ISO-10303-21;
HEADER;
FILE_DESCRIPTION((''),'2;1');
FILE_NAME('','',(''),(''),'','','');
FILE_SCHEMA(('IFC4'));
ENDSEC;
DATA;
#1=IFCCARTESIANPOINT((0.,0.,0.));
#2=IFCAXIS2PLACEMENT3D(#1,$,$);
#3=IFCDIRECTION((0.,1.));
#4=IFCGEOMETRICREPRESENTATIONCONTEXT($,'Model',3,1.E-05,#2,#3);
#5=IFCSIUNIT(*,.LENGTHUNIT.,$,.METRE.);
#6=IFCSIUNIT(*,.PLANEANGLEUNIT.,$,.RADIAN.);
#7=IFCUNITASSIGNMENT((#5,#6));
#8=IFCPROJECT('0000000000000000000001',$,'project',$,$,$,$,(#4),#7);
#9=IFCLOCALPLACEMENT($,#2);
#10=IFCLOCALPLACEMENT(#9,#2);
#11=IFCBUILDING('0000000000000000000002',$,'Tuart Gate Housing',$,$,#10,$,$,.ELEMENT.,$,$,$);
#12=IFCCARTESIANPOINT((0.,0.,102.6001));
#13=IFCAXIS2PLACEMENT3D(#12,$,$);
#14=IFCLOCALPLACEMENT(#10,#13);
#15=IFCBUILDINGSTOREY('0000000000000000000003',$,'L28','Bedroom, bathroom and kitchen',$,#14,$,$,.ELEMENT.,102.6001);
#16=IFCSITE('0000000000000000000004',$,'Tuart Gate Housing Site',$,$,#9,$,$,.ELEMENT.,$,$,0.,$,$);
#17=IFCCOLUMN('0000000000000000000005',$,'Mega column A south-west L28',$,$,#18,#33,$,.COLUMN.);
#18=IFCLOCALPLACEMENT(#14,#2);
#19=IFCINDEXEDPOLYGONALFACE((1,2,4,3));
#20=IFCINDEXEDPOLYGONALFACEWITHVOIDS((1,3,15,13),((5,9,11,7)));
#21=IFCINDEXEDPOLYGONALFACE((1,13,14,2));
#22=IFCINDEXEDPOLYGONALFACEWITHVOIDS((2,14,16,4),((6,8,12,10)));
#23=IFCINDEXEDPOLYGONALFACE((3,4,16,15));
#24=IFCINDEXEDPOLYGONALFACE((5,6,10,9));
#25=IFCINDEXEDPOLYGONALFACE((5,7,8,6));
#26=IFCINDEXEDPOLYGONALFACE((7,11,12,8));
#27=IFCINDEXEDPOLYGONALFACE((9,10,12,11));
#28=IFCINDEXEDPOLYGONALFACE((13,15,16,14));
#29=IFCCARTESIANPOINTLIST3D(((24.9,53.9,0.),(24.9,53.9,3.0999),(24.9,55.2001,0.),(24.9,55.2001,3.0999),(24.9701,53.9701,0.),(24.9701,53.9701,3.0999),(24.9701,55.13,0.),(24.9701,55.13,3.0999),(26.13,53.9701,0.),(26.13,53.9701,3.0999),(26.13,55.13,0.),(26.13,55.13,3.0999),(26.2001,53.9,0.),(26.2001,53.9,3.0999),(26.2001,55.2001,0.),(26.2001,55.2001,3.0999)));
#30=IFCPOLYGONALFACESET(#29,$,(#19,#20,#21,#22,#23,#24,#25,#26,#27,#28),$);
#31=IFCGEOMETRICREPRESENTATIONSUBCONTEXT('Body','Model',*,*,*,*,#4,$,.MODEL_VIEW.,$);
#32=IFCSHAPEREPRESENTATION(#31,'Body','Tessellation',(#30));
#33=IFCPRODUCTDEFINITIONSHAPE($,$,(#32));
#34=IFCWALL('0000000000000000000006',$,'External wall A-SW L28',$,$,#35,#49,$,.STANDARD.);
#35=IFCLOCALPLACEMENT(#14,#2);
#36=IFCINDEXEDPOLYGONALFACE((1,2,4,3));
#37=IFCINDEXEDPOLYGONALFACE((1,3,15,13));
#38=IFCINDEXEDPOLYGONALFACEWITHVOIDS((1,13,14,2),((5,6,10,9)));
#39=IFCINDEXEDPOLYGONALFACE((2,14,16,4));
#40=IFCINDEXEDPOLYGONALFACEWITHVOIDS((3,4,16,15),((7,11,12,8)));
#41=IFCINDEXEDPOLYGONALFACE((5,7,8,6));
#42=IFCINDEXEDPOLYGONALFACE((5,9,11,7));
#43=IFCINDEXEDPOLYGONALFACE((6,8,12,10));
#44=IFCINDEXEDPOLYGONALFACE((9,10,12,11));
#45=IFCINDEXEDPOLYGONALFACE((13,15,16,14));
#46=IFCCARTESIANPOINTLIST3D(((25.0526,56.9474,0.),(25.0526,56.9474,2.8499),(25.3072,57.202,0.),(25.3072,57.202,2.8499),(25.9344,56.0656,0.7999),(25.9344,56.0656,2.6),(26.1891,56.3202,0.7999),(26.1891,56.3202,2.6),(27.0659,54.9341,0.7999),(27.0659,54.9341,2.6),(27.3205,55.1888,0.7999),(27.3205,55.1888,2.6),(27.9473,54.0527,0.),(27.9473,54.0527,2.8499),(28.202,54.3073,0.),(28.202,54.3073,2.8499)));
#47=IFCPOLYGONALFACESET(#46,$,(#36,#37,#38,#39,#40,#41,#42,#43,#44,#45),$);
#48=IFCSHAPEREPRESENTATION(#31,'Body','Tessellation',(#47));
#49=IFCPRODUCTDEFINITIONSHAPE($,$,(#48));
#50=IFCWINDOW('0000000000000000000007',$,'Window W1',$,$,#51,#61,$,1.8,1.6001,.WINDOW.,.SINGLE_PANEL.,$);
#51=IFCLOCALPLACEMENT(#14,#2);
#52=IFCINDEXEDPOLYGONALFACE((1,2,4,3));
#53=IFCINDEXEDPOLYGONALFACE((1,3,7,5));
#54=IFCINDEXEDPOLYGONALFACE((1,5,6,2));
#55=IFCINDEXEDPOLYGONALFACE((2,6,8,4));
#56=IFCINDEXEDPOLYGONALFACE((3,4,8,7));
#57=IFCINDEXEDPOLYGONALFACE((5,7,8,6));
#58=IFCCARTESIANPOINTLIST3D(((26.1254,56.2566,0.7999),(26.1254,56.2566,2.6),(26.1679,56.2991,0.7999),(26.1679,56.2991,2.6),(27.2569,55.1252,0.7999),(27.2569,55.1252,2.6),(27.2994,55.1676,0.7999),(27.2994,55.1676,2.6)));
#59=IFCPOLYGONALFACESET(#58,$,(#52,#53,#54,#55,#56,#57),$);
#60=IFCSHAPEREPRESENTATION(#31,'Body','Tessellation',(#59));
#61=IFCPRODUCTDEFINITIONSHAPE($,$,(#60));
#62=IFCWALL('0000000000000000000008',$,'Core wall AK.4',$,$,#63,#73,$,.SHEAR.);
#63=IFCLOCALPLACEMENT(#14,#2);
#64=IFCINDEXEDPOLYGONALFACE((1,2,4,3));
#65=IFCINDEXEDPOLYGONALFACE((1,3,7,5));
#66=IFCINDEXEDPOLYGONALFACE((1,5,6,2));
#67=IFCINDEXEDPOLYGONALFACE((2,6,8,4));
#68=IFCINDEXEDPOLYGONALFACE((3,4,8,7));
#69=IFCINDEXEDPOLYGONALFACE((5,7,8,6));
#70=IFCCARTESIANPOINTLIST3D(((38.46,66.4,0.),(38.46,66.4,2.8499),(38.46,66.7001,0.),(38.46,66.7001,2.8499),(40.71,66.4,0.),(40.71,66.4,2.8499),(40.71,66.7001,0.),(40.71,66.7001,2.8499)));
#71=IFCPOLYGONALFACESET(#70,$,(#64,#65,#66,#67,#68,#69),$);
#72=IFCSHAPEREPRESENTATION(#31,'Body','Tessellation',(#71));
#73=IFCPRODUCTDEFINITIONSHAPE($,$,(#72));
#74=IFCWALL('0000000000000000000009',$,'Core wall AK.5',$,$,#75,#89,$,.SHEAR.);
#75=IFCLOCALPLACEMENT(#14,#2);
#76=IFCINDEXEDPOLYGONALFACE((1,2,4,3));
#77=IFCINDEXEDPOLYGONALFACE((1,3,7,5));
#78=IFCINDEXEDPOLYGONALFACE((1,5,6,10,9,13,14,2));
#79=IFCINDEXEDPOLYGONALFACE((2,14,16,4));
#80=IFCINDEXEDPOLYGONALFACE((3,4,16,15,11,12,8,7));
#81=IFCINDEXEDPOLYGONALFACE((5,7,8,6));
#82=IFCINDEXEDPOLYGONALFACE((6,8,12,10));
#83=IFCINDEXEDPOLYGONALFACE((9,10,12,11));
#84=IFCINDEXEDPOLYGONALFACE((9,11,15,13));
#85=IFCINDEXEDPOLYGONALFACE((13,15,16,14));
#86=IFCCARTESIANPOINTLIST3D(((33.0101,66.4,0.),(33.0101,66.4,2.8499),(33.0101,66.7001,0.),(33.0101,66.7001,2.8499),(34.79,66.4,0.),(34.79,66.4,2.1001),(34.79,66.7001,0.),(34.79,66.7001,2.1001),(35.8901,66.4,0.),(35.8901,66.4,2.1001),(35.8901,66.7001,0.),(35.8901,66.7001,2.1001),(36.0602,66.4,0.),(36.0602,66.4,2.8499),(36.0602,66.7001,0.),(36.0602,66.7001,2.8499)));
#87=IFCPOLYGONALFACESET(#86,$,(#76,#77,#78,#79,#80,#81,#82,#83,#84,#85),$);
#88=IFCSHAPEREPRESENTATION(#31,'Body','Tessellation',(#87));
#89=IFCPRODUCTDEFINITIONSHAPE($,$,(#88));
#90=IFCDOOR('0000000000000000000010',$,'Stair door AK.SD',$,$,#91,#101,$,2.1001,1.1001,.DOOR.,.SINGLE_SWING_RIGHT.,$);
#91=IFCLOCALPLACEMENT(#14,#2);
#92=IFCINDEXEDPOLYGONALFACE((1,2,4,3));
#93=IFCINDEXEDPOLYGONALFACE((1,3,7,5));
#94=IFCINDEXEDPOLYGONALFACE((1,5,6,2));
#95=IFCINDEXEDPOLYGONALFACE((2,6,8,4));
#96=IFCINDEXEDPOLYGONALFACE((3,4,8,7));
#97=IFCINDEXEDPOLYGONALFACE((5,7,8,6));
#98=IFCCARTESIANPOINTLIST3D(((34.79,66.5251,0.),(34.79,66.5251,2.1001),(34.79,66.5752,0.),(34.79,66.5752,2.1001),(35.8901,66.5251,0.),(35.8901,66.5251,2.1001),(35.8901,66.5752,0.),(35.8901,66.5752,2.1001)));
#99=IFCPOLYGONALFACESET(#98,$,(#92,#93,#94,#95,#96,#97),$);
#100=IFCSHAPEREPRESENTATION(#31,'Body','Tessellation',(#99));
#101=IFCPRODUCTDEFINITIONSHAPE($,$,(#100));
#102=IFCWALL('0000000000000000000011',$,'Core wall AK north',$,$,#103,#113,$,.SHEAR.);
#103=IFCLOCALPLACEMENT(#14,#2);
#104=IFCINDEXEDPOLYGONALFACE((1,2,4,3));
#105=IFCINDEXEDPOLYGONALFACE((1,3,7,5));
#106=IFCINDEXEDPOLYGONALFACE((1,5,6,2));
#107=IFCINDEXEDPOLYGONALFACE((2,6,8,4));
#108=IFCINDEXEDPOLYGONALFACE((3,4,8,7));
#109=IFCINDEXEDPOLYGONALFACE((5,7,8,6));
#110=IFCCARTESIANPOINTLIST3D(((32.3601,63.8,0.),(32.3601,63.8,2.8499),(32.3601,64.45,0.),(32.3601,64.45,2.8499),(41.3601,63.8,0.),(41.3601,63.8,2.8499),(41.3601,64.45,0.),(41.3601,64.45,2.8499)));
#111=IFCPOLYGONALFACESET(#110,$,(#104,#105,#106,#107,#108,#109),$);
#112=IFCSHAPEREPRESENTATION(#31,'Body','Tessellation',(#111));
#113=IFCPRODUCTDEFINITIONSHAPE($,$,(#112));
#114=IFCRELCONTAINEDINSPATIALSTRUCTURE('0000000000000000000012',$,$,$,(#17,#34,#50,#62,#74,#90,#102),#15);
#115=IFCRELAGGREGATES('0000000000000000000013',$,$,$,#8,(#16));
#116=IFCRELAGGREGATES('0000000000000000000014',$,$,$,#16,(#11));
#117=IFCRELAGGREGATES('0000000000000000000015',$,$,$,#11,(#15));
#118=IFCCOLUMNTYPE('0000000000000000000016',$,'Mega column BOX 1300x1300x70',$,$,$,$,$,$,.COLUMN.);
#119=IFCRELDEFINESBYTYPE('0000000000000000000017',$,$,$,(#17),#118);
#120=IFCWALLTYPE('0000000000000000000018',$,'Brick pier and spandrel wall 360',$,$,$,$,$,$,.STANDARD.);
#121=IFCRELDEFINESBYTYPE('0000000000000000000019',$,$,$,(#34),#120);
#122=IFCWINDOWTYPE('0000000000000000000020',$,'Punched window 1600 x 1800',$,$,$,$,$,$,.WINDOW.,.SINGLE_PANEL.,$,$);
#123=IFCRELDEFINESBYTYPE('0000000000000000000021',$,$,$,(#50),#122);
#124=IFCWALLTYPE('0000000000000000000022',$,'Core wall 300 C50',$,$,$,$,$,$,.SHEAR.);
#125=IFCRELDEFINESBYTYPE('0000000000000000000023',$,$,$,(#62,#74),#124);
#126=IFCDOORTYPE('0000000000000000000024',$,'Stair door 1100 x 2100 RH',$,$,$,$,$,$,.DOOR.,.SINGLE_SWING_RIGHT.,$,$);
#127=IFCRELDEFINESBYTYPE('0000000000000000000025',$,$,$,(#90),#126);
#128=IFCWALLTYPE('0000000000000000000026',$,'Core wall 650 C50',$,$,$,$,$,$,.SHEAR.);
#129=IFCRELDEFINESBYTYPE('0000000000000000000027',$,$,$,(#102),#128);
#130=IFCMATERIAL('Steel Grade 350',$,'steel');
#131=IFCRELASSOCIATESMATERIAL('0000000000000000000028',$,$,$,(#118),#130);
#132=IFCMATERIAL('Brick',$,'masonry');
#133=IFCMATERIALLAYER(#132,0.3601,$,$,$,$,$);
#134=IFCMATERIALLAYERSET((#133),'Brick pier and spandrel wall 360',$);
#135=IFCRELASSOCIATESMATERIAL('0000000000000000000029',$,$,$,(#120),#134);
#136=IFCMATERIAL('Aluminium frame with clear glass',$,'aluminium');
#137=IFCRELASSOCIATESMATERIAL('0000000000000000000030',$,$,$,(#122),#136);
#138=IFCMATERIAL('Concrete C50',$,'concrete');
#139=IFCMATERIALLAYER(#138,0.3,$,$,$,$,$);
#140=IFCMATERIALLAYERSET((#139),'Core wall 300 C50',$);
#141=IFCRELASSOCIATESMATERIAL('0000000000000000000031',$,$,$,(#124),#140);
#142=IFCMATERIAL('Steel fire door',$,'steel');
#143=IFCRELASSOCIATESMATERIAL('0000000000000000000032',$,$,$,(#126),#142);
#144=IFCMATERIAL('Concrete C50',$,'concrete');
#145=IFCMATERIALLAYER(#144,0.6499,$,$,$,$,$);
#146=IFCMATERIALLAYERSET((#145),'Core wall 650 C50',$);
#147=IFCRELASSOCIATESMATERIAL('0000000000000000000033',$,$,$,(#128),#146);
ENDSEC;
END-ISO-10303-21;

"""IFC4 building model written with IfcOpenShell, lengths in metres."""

from ifc_helpers import new_model, si_unit, direction, frame, frame_2d, origin, origin_2d, place, context, subcontext, project, spatial, rectangle, hollow_rectangle, extrude, material, layer, layer_set, material_profile, profile_set, type_object, element, fill, save


model = new_model("IFC4")

# Units and contexts
model_context = context("Model", 3, precision=1e-05, world=origin(), true_north=direction((0.0, 1.0)))
body_context = subcontext(model_context, "Body", "Model", "MODEL_VIEW")
ifc_project = project(units=[si_unit("LENGTHUNIT", "METRE"), si_unit("PLANEANGLEUNIT", "RADIAN")], contexts=[model_context])

# Site, building, storey
site_placement = place(None, origin())
site = spatial("IfcSite", under=ifc_project, at=site_placement, Name="Tuart Gate Housing Site", CompositionType="ELEMENT", RefElevation=0.0)
building_placement = place(site_placement, origin())
building = spatial("IfcBuilding", under=site, at=building_placement, Name="Tuart Gate Housing", CompositionType="ELEMENT")
storey_placement = place(building_placement, frame((0.0, 0.0, 102.6001)))
storey = spatial("IfcBuildingStorey", under=building, at=storey_placement, Name="L28", Description="Bedroom, bathroom and kitchen", CompositionType="ELEMENT", Elevation=102.6001)

# Column
ifc_material_1 = material(Name="Steel Grade 350", Category="steel")
ifc_material_profile = material_profile(ifc_material_1, hollow_rectangle(XDim=1.3, YDim=1.3, WallThickness=0.0701, at=origin_2d()), Name="BOX 1300x1300x70")
ifc_profile_set = profile_set([ifc_material_profile], Name="Steel Grade 350")
column_type = type_object("IfcColumnType", Name="Mega column BOX 1300x1300x70", PredefinedType="COLUMN", material=ifc_profile_set)
column_placement = place(storey_placement, frame((25.55, 54.55, 0.0), z_axis=(0.0, 0.0, 1.0), x_axis=(1.0, 0.0, 0.0)))
element("IfcColumn", 1, at=column_placement, inside=storey, type_object=column_type, Name="Mega column A south-west L28", PredefinedType="COLUMN", context=body_context, shape_type="SweptSolid", body=[
    extrude(hollow_rectangle(XDim=1.3, YDim=1.3, WallThickness=0.0701, at=origin_2d()), origin(), (0.0, 0.0, 1.0), 3.0999),
])

# Wall, opening, window
ifc_material_2 = material(Name="Brick", Category="masonry")
ifc_layer_1 = layer(ifc_material_2, 0.3601)
ifc_layer_set_1 = layer_set([ifc_layer_1], Name="Brick pier and spandrel wall 360")
wall_type_1 = type_object("IfcWallType", Name="Brick pier and spandrel wall 360", PredefinedType="STANDARD", material=ifc_layer_set_1)
wall_1_placement = place(storey_placement, frame((25.1799, 57.0747, 0.0), z_axis=(0.0, 0.0, 1.0), x_axis=(0.707107, -0.707107, 0.0)))
wall_1 = element("IfcWall", 2, at=wall_1_placement, inside=storey, type_object=wall_type_1, Name="External wall A-SW L28", PredefinedType="STANDARD", context=body_context, shape_type="SweptSolid", body=[
    extrude(rectangle(XDim=4.0938, YDim=0.3601, at=frame_2d((2.0469, 0.0))), origin(), (0.0, 0.0, 1.0), 2.8499),
])
opening_1_placement = place(wall_1_placement, frame((1.2471, 0.0, 0.8)))
opening_1 = element("IfcOpeningElement", 3, at=opening_1_placement, cuts=wall_1, PredefinedType="OPENING", context=body_context, shape_type="SweptSolid", body=[
    extrude(rectangle(XDim=1.6001, YDim=1.8, at=frame_2d((0.8, 0.8999))), frame((0.0, 0.1899, 0.0), z_axis=(0.0, -1.0, 0.0), x_axis=(1.0, 0.0, 0.0)), (0.0, 0.0, 1.0), 0.3801),
])
ifc_material_3 = material(Name="Aluminium frame with clear glass", Category="aluminium")
window_type = type_object("IfcWindowType", Name="Punched window 1600 x 1800", PartitioningType="SINGLE_PANEL", PredefinedType="WINDOW", material=ifc_material_3)
window_placement = place(opening_1_placement, origin())
window = element("IfcWindow", 4, at=window_placement, inside=storey, type_object=window_type, Name="Window W1", OverallHeight=1.8, OverallWidth=1.6001, PartitioningType="SINGLE_PANEL", PredefinedType="WINDOW", context=body_context, shape_type="SweptSolid", body=[
    extrude(rectangle(XDim=1.6001, YDim=1.8, at=frame_2d((0.8, 0.8999))), frame((0.0, 0.1501, 0.0), z_axis=(0.0, -1.0, 0.0), x_axis=(1.0, 0.0, 0.0)), (0.0, 0.0, 1.0), 0.0601),
])
fill(opening_1, window)

# Wall
ifc_material_4 = material(Name="Concrete C50", Category="concrete")
ifc_layer_2 = layer(ifc_material_4, 0.3)
ifc_layer_set_2 = layer_set([ifc_layer_2], Name="Core wall 300 C50")
wall_type_2 = type_object("IfcWallType", Name="Core wall 300 C50", PredefinedType="SHEAR", material=ifc_layer_set_2)
wall_2_placement = place(storey_placement, frame((40.71, 66.55, 0.0), z_axis=(0.0, 0.0, 1.0), x_axis=(-1.0, 0.0, 0.0)))
element("IfcWall", 5, at=wall_2_placement, inside=storey, type_object=wall_type_2, Name="Core wall AK.4", PredefinedType="SHEAR", context=body_context, shape_type="SweptSolid", body=[
    extrude(rectangle(XDim=2.25, YDim=0.3, at=frame_2d((1.125, 0.0))), origin(), (0.0, 0.0, 1.0), 2.8499),
])

# Wall, opening, door
wall_3_placement = place(storey_placement, frame((36.0601, 66.55, 0.0), z_axis=(0.0, 0.0, 1.0), x_axis=(-1.0, 0.0, 0.0)))
wall_3 = element("IfcWall", 6, at=wall_3_placement, inside=storey, type_object=wall_type_2, Name="Core wall AK.5", PredefinedType="SHEAR", context=body_context, shape_type="SweptSolid", body=[
    extrude(rectangle(XDim=3.05, YDim=0.3, at=frame_2d((1.5249, 0.0))), origin(), (0.0, 0.0, 1.0), 2.8499),
])
opening_2_placement = place(wall_3_placement, frame((0.1699, 0.0, 0.0)))
opening_2 = element("IfcOpeningElement", 7, at=opening_2_placement, cuts=wall_3, PredefinedType="OPENING", context=body_context, shape_type="SweptSolid", body=[
    extrude(rectangle(XDim=1.1001, YDim=2.1001, at=frame_2d((0.55, 1.05))), frame((0.0, 0.1599, 0.0), z_axis=(0.0, -1.0, 0.0), x_axis=(1.0, 0.0, 0.0)), (0.0, 0.0, 1.0), 0.3201),
])
ifc_material_5 = material(Name="Steel fire door", Category="steel")
door_type_1 = type_object("IfcDoorType", Name="Stair door 1100 x 2100 RH", OperationType="SINGLE_SWING_RIGHT", PredefinedType="DOOR", material=ifc_material_5)
door_1_placement = place(opening_2_placement, frame((1.1001, 0.0, 0.0), z_axis=(0.0, 0.0, 1.0), x_axis=(-1.0, 0.0, 0.0)))
door_1 = element("IfcDoor", 8, at=door_1_placement, inside=storey, type_object=door_type_1, Name="Stair door AK.SD", OperationType="SINGLE_SWING_RIGHT", OverallHeight=2.1001, OverallWidth=1.1001, PredefinedType="DOOR", context=body_context, shape_type="SweptSolid", body=[
    extrude(rectangle(XDim=1.1001, YDim=2.1001, at=frame_2d((0.55, 1.05))), frame((0.0, 0.0251, 0.0), z_axis=(0.0, -1.0, 0.0), x_axis=(1.0, 0.0, 0.0)), (0.0, 0.0, 1.0), 0.05),
])
fill(opening_2, door_1)

# Wall
ifc_material_6 = material(Name="Concrete C50", Category="concrete")
ifc_layer_3 = layer(ifc_material_6, 0.6499)
ifc_layer_set_3 = layer_set([ifc_layer_3], Name="Core wall 650 C50")
wall_type_3 = type_object("IfcWallType", Name="Core wall 650 C50", PredefinedType="SHEAR", material=ifc_layer_set_3)
wall_4_placement = place(storey_placement, frame((41.3601, 64.125, 0.0), z_axis=(0.0, 0.0, 1.0), x_axis=(-1.0, 0.0, 0.0)))
element("IfcWall", 9, at=wall_4_placement, inside=storey, type_object=wall_type_3, Name="Core wall AK north", PredefinedType="SHEAR", context=body_context, shape_type="SweptSolid", body=[
    extrude(rectangle(XDim=9.0, YDim=0.6499, at=frame_2d((4.5, 0.0))), origin(), (0.0, 0.0, 1.0), 2.8499),
])

save(model, "model.ifc")
